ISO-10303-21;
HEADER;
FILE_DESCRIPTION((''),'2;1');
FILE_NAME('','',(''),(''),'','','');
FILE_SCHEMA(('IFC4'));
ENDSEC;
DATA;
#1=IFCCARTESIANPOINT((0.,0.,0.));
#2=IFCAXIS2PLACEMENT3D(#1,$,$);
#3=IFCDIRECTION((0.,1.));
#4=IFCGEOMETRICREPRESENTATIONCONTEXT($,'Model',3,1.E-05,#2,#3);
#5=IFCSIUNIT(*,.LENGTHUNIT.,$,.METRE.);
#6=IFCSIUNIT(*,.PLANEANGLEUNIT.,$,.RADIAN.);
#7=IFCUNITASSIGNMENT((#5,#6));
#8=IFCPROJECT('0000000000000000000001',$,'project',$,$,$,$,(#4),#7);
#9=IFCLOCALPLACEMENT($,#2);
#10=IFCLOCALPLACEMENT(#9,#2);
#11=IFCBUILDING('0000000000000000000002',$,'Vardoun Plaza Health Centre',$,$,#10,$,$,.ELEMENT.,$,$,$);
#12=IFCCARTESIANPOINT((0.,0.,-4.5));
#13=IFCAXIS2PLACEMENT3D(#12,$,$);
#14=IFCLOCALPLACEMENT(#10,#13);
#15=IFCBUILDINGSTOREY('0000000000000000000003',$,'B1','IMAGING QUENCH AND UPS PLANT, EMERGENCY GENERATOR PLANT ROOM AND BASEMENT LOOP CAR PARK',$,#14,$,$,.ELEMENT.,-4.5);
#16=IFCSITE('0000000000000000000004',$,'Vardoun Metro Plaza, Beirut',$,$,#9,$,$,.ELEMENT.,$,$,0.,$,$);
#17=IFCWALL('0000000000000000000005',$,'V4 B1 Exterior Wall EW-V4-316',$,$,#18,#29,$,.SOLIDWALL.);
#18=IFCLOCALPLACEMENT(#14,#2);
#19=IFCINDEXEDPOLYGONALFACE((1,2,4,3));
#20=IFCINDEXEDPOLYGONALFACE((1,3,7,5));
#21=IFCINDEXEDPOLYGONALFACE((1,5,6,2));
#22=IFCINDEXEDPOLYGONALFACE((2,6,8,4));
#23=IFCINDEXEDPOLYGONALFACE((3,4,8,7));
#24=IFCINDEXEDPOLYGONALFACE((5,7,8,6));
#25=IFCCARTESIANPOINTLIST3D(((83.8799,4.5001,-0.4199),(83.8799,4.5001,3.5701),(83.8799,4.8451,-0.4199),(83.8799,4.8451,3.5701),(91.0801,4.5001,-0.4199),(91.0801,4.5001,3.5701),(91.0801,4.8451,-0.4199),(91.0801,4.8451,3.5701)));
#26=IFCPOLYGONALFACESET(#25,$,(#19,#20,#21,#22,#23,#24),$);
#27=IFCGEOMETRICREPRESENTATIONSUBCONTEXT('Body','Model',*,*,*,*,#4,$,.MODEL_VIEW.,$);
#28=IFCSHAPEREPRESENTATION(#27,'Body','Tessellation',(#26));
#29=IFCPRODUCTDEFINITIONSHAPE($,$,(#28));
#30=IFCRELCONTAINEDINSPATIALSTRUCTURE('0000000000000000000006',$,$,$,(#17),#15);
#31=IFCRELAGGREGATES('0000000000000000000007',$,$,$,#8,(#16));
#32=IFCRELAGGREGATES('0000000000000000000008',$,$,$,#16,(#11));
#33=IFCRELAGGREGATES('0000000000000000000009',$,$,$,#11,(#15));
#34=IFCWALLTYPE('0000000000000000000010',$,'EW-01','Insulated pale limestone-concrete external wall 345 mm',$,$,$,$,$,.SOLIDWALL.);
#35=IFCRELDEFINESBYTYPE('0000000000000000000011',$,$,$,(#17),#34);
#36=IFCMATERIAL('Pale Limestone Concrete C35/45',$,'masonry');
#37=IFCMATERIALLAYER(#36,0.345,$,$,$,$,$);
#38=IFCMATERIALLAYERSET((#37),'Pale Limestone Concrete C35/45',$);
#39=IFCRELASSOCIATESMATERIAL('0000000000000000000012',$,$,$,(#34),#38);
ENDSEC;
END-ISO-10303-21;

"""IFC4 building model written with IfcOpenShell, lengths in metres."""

from ifc_helpers import new_model, si_unit, direction, frame, frame_2d, origin, place, context, subcontext, project, spatial, rectangle, extrude, material, layer, layer_set, type_object, element, save


model = new_model("IFC4")

# Units and contexts
model_context = context("Model", 3, precision=1e-05, world=origin(), true_north=direction((0.0, 1.0)))
body_context = subcontext(model_context, "Body", "Model", "MODEL_VIEW")
ifc_project = project(units=[si_unit("LENGTHUNIT", "METRE"), si_unit("PLANEANGLEUNIT", "RADIAN")], contexts=[model_context])

# Site, building, storey
site_placement = place(None, origin())
site = spatial("IfcSite", under=ifc_project, at=site_placement, Name="Vardoun Metro Plaza, Beirut", CompositionType="ELEMENT", RefElevation=0.0)
building_placement = place(site_placement, origin())
building = spatial("IfcBuilding", under=site, at=building_placement, Name="Vardoun Plaza Health Centre", CompositionType="ELEMENT")
storey_placement = place(building_placement, frame((0.0, 0.0, -4.5)))
storey = spatial("IfcBuildingStorey", under=building, at=storey_placement, Name="B1", Description="IMAGING QUENCH AND UPS PLANT, EMERGENCY GENERATOR PLANT ROOM AND BASEMENT LOOP CAR PARK", CompositionType="ELEMENT", Elevation=-4.5)

# Wall
ifc_material_1 = material(Name="Pale Limestone Concrete C35/45", Category="masonry")
ifc_layer_1 = layer(ifc_material_1, 0.345)
ifc_layer_set_1 = layer_set([ifc_layer_1], Name="Pale Limestone Concrete C35/45")
wall_type_1 = type_object("IfcWallType", Name="EW-01", Description="Insulated pale limestone-concrete external wall 345 mm", PredefinedType="SOLIDWALL", material=ifc_layer_set_1)
wall_1_placement = place(storey_placement, frame((91.0801, 4.6726, -0.4199), z_axis=(0.0, 0.0, 1.0), x_axis=(-1.0, 0.0, 0.0)))
element("IfcWall", 1, at=wall_1_placement, inside=storey, type_object=wall_type_1, Name="V4 B1 Exterior Wall EW-V4-316", PredefinedType="SOLIDWALL", context=body_context, shape_type="SweptSolid", body=[
    extrude(rectangle(XDim=7.2002, YDim=0.345, at=frame_2d((3.6001, 0.0))), origin(), (0.0, 0.0, 1.0), 3.99),
])

save(model, "model.ifc")
